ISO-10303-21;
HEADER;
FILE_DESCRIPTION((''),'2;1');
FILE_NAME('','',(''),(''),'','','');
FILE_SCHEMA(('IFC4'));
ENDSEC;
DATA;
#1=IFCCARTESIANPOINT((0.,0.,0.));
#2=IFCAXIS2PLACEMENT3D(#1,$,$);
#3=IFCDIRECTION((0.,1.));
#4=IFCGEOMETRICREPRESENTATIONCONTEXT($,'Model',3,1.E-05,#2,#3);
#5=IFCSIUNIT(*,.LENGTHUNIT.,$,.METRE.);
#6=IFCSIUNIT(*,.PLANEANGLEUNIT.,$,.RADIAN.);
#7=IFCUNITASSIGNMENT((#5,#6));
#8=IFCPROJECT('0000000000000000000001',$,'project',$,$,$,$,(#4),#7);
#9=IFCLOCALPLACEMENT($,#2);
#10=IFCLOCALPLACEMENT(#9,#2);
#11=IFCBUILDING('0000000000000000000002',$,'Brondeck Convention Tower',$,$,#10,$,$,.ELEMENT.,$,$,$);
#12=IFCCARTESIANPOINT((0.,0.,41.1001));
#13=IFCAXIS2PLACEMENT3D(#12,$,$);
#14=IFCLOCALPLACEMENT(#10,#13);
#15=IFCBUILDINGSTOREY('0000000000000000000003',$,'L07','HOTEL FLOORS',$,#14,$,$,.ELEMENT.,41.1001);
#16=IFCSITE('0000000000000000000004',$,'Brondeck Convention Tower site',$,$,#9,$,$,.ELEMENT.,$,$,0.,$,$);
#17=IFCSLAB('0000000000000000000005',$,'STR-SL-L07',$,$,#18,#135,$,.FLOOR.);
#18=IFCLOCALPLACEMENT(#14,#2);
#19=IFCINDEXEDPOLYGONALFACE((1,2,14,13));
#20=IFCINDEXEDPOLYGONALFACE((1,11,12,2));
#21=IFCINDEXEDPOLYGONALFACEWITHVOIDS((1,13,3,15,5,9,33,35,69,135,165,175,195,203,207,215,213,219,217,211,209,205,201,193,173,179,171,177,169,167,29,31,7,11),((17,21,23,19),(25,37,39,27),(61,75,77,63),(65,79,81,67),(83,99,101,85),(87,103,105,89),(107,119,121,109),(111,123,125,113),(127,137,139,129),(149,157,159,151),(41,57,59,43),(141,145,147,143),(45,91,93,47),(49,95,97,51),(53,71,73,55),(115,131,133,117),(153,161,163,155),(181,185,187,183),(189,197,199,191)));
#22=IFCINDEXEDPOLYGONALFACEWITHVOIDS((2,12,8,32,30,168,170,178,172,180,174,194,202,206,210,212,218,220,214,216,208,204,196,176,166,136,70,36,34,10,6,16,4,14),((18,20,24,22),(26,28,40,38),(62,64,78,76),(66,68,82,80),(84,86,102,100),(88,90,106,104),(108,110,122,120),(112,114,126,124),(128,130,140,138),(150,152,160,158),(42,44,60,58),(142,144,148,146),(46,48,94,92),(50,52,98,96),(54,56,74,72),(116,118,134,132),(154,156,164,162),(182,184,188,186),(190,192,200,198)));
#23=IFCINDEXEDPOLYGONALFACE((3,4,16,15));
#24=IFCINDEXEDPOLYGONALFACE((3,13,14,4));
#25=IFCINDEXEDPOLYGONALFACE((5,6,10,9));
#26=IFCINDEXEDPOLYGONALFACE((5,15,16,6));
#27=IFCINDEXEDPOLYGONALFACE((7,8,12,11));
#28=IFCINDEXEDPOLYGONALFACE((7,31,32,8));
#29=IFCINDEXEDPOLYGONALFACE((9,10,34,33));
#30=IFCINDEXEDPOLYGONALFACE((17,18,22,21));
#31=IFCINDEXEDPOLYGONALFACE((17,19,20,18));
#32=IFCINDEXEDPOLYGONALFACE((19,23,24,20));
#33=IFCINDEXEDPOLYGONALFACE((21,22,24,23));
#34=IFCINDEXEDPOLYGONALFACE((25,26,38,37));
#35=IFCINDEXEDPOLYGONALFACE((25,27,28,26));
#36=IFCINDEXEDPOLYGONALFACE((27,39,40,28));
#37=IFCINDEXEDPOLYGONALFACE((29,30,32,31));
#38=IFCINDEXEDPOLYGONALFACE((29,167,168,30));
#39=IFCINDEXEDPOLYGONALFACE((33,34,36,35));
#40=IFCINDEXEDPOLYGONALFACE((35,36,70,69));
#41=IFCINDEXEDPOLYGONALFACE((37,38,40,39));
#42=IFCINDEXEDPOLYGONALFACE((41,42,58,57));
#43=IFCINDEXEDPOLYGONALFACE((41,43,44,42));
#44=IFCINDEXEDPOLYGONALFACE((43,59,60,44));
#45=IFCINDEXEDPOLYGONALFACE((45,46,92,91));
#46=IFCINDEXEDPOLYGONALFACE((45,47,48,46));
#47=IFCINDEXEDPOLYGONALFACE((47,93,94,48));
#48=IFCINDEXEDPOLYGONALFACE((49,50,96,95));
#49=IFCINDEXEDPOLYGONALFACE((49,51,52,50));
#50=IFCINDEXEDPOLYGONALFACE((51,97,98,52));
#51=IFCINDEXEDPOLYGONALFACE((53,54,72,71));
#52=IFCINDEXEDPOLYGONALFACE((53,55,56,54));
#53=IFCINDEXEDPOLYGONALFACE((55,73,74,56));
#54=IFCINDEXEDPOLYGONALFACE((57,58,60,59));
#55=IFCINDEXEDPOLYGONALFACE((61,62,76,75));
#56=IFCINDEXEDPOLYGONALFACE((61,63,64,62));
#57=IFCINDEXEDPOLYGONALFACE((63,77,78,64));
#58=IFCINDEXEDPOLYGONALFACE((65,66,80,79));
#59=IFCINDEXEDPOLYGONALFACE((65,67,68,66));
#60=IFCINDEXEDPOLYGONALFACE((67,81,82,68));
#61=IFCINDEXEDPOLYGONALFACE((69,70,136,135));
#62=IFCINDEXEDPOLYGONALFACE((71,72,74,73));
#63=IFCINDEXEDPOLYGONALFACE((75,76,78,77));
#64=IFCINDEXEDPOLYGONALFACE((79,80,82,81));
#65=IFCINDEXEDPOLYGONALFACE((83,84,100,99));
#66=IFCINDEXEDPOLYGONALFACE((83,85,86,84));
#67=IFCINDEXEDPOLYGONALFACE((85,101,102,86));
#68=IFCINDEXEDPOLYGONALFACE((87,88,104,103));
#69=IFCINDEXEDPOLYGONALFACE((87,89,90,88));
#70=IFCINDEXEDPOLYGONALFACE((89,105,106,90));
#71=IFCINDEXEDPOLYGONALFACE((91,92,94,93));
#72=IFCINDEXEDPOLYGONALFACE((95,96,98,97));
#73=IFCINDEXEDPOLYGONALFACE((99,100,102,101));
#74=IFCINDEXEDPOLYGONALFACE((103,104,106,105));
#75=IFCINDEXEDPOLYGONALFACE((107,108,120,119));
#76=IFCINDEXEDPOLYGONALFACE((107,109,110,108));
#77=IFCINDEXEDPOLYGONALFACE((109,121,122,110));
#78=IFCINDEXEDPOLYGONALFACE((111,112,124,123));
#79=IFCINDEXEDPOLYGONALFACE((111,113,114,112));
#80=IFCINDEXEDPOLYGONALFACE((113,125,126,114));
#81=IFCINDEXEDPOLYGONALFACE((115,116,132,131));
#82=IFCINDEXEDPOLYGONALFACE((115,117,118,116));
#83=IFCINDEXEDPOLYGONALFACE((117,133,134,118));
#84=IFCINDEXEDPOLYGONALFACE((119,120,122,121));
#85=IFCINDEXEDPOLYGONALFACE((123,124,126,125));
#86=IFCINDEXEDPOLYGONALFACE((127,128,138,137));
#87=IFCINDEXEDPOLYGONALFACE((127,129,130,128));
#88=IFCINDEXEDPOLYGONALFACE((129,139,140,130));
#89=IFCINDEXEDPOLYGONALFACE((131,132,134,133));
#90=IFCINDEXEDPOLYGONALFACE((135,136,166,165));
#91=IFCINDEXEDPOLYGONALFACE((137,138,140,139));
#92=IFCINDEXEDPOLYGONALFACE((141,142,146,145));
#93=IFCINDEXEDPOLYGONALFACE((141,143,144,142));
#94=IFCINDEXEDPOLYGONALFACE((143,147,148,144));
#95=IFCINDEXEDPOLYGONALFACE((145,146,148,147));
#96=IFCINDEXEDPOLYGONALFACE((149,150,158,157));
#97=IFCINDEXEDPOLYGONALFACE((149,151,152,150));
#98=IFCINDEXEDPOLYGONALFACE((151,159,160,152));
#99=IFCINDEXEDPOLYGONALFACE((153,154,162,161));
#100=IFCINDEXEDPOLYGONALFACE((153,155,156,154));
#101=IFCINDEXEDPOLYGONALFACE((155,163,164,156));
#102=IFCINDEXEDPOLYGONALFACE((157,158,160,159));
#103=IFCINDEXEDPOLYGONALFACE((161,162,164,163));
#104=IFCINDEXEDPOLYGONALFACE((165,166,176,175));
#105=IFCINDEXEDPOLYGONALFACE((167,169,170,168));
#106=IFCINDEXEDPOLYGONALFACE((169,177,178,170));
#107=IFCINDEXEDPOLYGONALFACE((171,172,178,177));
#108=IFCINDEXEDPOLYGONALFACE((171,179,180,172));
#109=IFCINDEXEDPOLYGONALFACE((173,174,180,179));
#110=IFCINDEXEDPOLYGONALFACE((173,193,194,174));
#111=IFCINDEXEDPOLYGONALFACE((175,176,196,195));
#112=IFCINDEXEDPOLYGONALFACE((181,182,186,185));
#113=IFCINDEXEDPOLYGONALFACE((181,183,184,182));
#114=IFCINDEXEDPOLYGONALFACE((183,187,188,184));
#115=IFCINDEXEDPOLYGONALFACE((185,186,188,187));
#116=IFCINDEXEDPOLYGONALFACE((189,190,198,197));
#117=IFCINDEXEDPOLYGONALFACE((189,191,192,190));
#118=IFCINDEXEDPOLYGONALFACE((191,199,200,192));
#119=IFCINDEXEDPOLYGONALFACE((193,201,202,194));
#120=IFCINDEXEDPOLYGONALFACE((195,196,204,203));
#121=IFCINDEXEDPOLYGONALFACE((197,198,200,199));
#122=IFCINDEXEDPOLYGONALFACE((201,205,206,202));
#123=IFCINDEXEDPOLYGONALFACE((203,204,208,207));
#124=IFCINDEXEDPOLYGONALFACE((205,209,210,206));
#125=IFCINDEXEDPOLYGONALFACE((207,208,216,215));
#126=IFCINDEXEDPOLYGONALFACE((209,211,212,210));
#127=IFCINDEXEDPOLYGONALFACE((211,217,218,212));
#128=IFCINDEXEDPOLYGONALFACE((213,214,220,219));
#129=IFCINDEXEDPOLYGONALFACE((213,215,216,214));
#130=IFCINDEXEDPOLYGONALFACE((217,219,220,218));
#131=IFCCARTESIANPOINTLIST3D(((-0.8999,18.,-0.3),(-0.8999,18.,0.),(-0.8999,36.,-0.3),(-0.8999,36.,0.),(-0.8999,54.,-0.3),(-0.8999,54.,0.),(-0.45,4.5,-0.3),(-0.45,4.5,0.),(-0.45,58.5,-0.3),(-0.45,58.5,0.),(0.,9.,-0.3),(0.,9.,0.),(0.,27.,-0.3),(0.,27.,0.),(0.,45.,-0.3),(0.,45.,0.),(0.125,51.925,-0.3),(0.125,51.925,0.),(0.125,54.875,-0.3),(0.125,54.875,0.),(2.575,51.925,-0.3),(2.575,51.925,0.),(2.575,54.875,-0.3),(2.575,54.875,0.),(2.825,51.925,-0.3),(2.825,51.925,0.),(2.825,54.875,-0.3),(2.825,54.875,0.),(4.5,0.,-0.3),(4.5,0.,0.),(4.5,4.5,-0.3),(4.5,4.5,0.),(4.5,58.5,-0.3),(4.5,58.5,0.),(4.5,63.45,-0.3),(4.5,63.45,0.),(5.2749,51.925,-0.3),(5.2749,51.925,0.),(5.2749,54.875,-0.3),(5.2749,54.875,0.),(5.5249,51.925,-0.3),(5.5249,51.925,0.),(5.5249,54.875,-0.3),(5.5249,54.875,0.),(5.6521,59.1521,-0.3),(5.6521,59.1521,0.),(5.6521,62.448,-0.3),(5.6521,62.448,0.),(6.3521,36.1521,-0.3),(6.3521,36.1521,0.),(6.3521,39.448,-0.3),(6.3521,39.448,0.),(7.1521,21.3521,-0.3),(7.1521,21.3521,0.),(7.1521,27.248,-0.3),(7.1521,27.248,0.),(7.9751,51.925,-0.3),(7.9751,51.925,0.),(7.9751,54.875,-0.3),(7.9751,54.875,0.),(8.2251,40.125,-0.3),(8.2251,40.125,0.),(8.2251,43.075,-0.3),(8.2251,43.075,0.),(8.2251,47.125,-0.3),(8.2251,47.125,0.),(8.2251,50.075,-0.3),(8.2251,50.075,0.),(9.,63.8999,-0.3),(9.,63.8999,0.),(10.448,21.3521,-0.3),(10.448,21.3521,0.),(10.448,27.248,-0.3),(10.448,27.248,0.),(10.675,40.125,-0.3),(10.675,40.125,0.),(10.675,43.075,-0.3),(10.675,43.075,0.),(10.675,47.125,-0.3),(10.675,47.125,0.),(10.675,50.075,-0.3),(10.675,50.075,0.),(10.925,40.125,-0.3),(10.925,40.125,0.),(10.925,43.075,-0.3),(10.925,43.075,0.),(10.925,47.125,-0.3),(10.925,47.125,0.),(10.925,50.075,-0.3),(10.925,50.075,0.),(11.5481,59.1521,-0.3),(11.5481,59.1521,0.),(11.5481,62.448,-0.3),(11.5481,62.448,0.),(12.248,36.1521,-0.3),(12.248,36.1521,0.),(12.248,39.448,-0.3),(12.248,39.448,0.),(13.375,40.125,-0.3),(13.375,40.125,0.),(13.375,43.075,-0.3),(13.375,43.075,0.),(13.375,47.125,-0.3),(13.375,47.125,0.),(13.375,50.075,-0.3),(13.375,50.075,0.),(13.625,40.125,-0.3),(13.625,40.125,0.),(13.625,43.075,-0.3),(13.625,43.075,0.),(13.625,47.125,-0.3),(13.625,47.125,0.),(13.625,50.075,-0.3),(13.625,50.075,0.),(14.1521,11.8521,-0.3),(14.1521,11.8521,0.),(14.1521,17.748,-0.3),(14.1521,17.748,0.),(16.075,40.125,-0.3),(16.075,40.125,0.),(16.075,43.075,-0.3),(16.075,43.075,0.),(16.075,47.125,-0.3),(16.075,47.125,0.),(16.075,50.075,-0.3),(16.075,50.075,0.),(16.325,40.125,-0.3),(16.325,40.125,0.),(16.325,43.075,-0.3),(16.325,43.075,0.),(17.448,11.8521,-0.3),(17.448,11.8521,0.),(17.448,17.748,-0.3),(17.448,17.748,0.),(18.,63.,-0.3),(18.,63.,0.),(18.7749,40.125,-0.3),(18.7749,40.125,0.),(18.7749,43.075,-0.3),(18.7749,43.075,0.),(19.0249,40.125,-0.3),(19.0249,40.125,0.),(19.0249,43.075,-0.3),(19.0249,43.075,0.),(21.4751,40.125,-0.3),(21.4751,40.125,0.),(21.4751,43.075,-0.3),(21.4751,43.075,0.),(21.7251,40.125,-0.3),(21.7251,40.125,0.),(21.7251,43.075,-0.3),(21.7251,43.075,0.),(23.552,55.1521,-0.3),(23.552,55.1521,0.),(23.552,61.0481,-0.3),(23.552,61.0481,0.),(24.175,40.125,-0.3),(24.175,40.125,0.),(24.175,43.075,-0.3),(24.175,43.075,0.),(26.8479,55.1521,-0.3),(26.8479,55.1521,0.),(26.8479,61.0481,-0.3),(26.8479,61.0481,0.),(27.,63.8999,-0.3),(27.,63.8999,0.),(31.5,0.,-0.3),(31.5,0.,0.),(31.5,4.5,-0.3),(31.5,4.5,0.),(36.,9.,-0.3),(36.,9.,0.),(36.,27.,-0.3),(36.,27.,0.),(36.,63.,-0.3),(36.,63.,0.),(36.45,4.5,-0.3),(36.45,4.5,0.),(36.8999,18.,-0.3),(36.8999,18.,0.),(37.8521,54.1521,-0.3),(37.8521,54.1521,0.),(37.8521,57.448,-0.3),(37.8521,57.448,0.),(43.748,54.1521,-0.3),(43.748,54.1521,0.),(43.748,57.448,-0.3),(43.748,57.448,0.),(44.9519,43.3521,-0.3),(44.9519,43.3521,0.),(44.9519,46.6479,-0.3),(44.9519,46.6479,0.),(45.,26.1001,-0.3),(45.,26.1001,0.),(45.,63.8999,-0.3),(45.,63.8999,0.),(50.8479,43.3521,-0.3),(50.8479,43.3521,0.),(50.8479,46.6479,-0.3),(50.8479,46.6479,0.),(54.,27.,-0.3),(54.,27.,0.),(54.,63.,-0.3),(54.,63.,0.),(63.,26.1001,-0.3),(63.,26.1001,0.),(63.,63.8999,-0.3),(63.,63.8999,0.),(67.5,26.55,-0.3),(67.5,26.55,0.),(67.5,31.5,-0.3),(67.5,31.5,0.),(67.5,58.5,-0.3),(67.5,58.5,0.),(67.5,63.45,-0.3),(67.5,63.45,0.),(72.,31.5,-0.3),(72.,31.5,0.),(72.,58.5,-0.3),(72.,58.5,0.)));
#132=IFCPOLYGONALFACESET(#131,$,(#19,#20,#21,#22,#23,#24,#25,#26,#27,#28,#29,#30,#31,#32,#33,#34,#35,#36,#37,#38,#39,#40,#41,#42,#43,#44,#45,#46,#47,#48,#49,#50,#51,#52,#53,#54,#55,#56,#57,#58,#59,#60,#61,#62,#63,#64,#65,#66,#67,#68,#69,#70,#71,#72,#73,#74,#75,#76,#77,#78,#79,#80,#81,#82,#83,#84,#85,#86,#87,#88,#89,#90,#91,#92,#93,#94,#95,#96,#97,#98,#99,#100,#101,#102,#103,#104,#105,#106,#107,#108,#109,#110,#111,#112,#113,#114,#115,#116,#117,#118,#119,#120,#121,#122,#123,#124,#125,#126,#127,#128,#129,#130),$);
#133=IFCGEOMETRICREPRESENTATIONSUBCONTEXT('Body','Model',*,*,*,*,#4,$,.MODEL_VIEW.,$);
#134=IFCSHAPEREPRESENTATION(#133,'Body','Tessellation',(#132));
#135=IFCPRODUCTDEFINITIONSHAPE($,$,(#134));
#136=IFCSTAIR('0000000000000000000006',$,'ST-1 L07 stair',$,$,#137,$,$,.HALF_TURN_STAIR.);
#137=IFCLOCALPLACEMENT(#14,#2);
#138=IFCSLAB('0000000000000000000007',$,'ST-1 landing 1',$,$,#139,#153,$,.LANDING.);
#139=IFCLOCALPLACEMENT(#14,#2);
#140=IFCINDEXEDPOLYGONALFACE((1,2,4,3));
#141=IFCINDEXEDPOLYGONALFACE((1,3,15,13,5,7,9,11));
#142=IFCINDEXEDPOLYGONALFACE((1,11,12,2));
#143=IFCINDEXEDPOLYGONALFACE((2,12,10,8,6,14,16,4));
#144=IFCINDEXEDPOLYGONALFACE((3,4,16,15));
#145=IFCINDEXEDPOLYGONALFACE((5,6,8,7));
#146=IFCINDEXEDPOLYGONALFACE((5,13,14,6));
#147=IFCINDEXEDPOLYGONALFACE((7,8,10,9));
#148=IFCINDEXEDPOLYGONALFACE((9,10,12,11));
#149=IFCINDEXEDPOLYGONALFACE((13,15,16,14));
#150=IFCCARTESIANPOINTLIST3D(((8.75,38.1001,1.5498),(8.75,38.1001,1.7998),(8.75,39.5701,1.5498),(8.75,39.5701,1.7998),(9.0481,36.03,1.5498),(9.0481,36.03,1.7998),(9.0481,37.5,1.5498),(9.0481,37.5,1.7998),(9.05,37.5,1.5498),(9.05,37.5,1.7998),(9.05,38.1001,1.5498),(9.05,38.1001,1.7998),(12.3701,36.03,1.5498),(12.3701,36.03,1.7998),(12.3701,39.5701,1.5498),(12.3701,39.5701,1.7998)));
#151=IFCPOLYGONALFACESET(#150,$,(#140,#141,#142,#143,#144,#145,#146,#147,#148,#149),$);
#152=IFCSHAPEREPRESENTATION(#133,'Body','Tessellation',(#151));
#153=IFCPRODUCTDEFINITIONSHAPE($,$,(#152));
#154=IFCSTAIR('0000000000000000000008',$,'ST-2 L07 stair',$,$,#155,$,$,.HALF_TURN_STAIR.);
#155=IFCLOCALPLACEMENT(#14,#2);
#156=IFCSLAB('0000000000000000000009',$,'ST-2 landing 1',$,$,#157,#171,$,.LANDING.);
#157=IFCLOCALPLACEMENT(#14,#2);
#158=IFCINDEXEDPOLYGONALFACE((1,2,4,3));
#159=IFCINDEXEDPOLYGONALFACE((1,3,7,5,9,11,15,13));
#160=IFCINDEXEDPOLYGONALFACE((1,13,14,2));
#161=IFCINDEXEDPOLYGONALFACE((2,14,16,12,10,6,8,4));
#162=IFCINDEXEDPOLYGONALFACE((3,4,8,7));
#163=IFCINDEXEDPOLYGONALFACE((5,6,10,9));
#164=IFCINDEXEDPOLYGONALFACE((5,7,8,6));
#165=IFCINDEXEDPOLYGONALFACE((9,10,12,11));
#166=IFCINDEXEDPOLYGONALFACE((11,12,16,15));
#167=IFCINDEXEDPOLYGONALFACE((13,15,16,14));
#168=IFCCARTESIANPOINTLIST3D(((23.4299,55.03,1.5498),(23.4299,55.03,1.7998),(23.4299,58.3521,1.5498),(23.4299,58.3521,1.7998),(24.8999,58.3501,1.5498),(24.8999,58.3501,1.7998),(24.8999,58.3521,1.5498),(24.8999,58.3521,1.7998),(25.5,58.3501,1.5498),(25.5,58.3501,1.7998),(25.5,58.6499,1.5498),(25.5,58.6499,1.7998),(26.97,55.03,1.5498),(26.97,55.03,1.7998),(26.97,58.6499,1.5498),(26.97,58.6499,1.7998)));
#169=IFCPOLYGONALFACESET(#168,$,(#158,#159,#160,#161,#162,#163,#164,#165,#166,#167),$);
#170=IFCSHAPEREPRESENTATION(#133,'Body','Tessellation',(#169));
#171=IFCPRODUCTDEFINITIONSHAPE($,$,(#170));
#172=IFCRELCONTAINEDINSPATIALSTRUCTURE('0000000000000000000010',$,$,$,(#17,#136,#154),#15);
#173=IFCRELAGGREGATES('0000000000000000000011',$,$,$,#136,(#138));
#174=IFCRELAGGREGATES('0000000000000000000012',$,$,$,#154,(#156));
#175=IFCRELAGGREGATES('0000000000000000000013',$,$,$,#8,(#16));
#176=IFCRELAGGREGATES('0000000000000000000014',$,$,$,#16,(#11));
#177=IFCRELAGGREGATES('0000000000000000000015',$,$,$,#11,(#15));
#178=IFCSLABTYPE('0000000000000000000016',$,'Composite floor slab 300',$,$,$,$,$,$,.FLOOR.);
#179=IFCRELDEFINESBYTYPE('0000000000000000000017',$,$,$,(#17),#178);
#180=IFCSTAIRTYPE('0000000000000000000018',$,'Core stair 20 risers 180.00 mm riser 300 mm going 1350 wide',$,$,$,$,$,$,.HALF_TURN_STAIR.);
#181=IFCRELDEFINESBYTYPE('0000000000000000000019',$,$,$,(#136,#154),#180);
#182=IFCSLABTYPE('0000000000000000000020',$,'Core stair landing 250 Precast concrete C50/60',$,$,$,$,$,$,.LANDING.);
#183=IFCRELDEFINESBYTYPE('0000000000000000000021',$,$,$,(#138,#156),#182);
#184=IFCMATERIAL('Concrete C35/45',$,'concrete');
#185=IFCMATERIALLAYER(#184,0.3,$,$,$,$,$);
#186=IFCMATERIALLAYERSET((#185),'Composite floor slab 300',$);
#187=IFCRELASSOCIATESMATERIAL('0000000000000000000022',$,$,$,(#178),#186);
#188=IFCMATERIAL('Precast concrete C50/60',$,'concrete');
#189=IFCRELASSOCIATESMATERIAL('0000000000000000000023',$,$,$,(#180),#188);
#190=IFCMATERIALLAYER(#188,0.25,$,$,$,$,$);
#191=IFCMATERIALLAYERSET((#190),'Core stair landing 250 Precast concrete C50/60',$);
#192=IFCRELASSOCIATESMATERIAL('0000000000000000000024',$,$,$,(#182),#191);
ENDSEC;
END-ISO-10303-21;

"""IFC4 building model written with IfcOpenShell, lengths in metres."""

from ifc_helpers import new_model, si_unit, direction, frame, origin, place, context, subcontext, project, spatial, polyline, outline, extrude, material, layer, layer_set, type_object, element, aggregate, save


model = new_model("IFC4")

# Units and contexts
model_context = context("Model", 3, precision=1e-05, world=origin(), true_north=direction((0.0, 1.0)))
body_context = subcontext(model_context, "Body", "Model", "MODEL_VIEW")
ifc_project = project(units=[si_unit("LENGTHUNIT", "METRE"), si_unit("PLANEANGLEUNIT", "RADIAN")], contexts=[model_context])

# Site, building, storey
site_placement = place(None, origin())
site = spatial("IfcSite", under=ifc_project, at=site_placement, Name="Brondeck Convention Tower site", CompositionType="ELEMENT", RefElevation=0.0)
building_placement = place(site_placement, origin())
building = spatial("IfcBuilding", under=site, at=building_placement, Name="Brondeck Convention Tower", CompositionType="ELEMENT")
storey_placement = place(building_placement, frame((0.0, 0.0, 41.1001)))
storey = spatial("IfcBuildingStorey", under=building, at=storey_placement, Name="L07", Description="HOTEL FLOORS", CompositionType="ELEMENT", Elevation=41.1001)

# Slab
ifc_material_1 = material(Name="Concrete C35/45", Category="concrete")
ifc_layer_1 = layer(ifc_material_1, 0.3)
ifc_layer_set_1 = layer_set([ifc_layer_1], Name="Composite floor slab 300")
slab_type_1 = type_object("IfcSlabType", Name="Composite floor slab 300", PredefinedType="FLOOR", material=ifc_layer_set_1)
slab_1_placement = place(storey_placement, frame((0.0, 0.0, -0.3)))
element("IfcSlab", 1, at=slab_1_placement, inside=storey, type_object=slab_type_1, Name="STR-SL-L07", PredefinedType="FLOOR", context=body_context, shape_type="SweptSolid", body=[
    extrude(outline(polyline([(4.5, 4.5), (-0.45, 4.5), (0.0, 9.0), (-0.8999, 18.0), (0.0, 27.0), (-0.8999, 36.0), (0.0, 45.0), (-0.8999, 54.0), (-0.45, 58.5), (4.5, 58.5), (4.5, 63.45), (9.0, 63.8999), (18.0, 63.0), (27.0, 63.8999), (36.0, 63.0), (45.0, 63.8999), (54.0, 63.0), (63.0, 63.8999), (67.5, 63.45), (67.5, 58.5), (72.0, 58.5), (72.0, 31.5), (67.5, 31.5), (67.5, 26.55), (63.0, 26.1001), (54.0, 27.0), (45.0, 26.1001), (36.0, 27.0), (36.8999, 18.0), (36.0, 9.0), (36.45, 4.5), (31.5, 4.5), (31.5, 0.0), (4.5, 0.0), (4.5, 4.5)]), holes=[polyline([(10.448, 27.248), (7.1521, 27.248), (7.1521, 21.3521), (10.448, 21.3521), (10.448, 27.248)]), polyline([(12.248, 36.1521), (12.248, 39.448), (6.3521, 39.448), (6.3521, 36.1521), (12.248, 36.1521)]), polyline([(10.675, 40.125), (10.675, 43.075), (8.2251, 43.075), (8.2251, 40.125), (10.675, 40.125)]), polyline([(13.375, 40.125), (13.375, 43.075), (10.925, 43.075), (10.925, 40.125), (13.375, 40.125)]), polyline([(10.675, 47.125), (10.675, 50.075), (8.2251, 50.075), (8.2251, 47.125), (10.675, 47.125)]), polyline([(13.375, 47.125), (13.375, 50.075), (10.925, 50.075), (10.925, 47.125), (13.375, 47.125)]), polyline([(2.575, 51.925), (2.575, 54.875), (0.125, 54.875), (0.125, 51.925), (2.575, 51.925)]), polyline([(2.825, 51.925), (5.2749, 51.925), (5.2749, 54.875), (2.825, 54.875), (2.825, 51.925)]), polyline([(5.5249, 51.925), (7.9751, 51.925), (7.9751, 54.875), (5.5249, 54.875), (5.5249, 51.925)]), polyline([(5.6521, 62.448), (5.6521, 59.1521), (11.5481, 59.1521), (11.5481, 62.448), (5.6521, 62.448)]), polyline([(17.448, 17.748), (14.1521, 17.748), (14.1521, 11.8521), (17.448, 11.8521), (17.448, 17.748)]), polyline([(16.075, 40.125), (16.075, 43.075), (13.625, 43.075), (13.625, 40.125), (16.075, 40.125)]), polyline([(16.325, 40.125), (18.7749, 40.125), (18.7749, 43.075), (16.325, 43.075), (16.325, 40.125)]), polyline([(19.0249, 40.125), (21.4751, 40.125), (21.4751, 43.075), (19.0249, 43.075), (19.0249, 40.125)]), polyline([(24.175, 40.125), (24.175, 43.075), (21.7251, 43.075), (21.7251, 40.125), (24.175, 40.125)]), polyline([(50.8479, 43.3521), (50.8479, 46.6479), (44.9519, 46.6479), (44.9519, 43.3521), (50.8479, 43.3521)]), polyline([(16.075, 47.125), (16.075, 50.075), (13.625, 50.075), (13.625, 47.125), (16.075, 47.125)]), polyline([(37.8521, 54.1521), (43.748, 54.1521), (43.748, 57.448), (37.8521, 57.448), (37.8521, 54.1521)]), polyline([(23.552, 61.0481), (23.552, 55.1521), (26.8479, 55.1521), (26.8479, 61.0481), (23.552, 61.0481)])]), origin(), (0.0, 0.0, 1.0), 0.3),
])

# Stairs, slabs
ifc_material_2 = material(Name="Precast concrete C50/60", Category="concrete")
stair_type = type_object("IfcStairType", Name="Core stair 20 risers 180.00 mm riser 300 mm going 1350 wide", PredefinedType="HALF_TURN_STAIR", material=ifc_material_2)
stair_1_placement = place(storey_placement, origin())
stair_1 = element("IfcStair", 2, at=stair_1_placement, inside=storey, type_object=stair_type, Name="ST-1 L07 stair", PredefinedType="HALF_TURN_STAIR")
ifc_layer_2 = layer(ifc_material_2, 0.25)
ifc_layer_set_2 = layer_set([ifc_layer_2], Name="Core stair landing 250 Precast concrete C50/60")
slab_type_2 = type_object("IfcSlabType", Name="Core stair landing 250 Precast concrete C50/60", PredefinedType="LANDING", material=ifc_layer_set_2)
slab_2_placement = place(storey_placement, frame((0.0, 0.0, 1.5498)))
slab_2 = element("IfcSlab", 3, at=slab_2_placement, type_object=slab_type_2, Name="ST-1 landing 1", PredefinedType="LANDING", context=body_context, shape_type="SweptSolid", body=[
    extrude(outline(polyline([(9.0481, 37.5), (9.05, 37.5), (9.05, 38.1001), (8.75, 38.1001), (8.75, 39.5701), (12.3701, 39.5701), (12.3701, 36.03), (9.0481, 36.03), (9.0481, 37.5)])), origin(), (0.0, 0.0, 1.0), 0.25),
])
aggregate(stair_1, [slab_2])
stair_2_placement = place(storey_placement, origin())
stair_2 = element("IfcStair", 4, at=stair_2_placement, inside=storey, type_object=stair_type, Name="ST-2 L07 stair", PredefinedType="HALF_TURN_STAIR")
slab_3_placement = place(storey_placement, frame((0.0, 0.0, 1.5498)))
slab_3 = element("IfcSlab", 5, at=slab_3_placement, type_object=slab_type_2, Name="ST-2 landing 1", PredefinedType="LANDING", context=body_context, shape_type="SweptSolid", body=[
    extrude(outline(polyline([(23.4299, 58.3521), (24.8999, 58.3521), (24.8999, 58.3501), (25.5, 58.3501), (25.5, 58.6499), (26.97, 58.6499), (26.97, 55.03), (23.4299, 55.03), (23.4299, 58.3521)])), origin(), (0.0, 0.0, 1.0), 0.25),
])
aggregate(stair_2, [slab_3])

save(model, "model.ifc")
